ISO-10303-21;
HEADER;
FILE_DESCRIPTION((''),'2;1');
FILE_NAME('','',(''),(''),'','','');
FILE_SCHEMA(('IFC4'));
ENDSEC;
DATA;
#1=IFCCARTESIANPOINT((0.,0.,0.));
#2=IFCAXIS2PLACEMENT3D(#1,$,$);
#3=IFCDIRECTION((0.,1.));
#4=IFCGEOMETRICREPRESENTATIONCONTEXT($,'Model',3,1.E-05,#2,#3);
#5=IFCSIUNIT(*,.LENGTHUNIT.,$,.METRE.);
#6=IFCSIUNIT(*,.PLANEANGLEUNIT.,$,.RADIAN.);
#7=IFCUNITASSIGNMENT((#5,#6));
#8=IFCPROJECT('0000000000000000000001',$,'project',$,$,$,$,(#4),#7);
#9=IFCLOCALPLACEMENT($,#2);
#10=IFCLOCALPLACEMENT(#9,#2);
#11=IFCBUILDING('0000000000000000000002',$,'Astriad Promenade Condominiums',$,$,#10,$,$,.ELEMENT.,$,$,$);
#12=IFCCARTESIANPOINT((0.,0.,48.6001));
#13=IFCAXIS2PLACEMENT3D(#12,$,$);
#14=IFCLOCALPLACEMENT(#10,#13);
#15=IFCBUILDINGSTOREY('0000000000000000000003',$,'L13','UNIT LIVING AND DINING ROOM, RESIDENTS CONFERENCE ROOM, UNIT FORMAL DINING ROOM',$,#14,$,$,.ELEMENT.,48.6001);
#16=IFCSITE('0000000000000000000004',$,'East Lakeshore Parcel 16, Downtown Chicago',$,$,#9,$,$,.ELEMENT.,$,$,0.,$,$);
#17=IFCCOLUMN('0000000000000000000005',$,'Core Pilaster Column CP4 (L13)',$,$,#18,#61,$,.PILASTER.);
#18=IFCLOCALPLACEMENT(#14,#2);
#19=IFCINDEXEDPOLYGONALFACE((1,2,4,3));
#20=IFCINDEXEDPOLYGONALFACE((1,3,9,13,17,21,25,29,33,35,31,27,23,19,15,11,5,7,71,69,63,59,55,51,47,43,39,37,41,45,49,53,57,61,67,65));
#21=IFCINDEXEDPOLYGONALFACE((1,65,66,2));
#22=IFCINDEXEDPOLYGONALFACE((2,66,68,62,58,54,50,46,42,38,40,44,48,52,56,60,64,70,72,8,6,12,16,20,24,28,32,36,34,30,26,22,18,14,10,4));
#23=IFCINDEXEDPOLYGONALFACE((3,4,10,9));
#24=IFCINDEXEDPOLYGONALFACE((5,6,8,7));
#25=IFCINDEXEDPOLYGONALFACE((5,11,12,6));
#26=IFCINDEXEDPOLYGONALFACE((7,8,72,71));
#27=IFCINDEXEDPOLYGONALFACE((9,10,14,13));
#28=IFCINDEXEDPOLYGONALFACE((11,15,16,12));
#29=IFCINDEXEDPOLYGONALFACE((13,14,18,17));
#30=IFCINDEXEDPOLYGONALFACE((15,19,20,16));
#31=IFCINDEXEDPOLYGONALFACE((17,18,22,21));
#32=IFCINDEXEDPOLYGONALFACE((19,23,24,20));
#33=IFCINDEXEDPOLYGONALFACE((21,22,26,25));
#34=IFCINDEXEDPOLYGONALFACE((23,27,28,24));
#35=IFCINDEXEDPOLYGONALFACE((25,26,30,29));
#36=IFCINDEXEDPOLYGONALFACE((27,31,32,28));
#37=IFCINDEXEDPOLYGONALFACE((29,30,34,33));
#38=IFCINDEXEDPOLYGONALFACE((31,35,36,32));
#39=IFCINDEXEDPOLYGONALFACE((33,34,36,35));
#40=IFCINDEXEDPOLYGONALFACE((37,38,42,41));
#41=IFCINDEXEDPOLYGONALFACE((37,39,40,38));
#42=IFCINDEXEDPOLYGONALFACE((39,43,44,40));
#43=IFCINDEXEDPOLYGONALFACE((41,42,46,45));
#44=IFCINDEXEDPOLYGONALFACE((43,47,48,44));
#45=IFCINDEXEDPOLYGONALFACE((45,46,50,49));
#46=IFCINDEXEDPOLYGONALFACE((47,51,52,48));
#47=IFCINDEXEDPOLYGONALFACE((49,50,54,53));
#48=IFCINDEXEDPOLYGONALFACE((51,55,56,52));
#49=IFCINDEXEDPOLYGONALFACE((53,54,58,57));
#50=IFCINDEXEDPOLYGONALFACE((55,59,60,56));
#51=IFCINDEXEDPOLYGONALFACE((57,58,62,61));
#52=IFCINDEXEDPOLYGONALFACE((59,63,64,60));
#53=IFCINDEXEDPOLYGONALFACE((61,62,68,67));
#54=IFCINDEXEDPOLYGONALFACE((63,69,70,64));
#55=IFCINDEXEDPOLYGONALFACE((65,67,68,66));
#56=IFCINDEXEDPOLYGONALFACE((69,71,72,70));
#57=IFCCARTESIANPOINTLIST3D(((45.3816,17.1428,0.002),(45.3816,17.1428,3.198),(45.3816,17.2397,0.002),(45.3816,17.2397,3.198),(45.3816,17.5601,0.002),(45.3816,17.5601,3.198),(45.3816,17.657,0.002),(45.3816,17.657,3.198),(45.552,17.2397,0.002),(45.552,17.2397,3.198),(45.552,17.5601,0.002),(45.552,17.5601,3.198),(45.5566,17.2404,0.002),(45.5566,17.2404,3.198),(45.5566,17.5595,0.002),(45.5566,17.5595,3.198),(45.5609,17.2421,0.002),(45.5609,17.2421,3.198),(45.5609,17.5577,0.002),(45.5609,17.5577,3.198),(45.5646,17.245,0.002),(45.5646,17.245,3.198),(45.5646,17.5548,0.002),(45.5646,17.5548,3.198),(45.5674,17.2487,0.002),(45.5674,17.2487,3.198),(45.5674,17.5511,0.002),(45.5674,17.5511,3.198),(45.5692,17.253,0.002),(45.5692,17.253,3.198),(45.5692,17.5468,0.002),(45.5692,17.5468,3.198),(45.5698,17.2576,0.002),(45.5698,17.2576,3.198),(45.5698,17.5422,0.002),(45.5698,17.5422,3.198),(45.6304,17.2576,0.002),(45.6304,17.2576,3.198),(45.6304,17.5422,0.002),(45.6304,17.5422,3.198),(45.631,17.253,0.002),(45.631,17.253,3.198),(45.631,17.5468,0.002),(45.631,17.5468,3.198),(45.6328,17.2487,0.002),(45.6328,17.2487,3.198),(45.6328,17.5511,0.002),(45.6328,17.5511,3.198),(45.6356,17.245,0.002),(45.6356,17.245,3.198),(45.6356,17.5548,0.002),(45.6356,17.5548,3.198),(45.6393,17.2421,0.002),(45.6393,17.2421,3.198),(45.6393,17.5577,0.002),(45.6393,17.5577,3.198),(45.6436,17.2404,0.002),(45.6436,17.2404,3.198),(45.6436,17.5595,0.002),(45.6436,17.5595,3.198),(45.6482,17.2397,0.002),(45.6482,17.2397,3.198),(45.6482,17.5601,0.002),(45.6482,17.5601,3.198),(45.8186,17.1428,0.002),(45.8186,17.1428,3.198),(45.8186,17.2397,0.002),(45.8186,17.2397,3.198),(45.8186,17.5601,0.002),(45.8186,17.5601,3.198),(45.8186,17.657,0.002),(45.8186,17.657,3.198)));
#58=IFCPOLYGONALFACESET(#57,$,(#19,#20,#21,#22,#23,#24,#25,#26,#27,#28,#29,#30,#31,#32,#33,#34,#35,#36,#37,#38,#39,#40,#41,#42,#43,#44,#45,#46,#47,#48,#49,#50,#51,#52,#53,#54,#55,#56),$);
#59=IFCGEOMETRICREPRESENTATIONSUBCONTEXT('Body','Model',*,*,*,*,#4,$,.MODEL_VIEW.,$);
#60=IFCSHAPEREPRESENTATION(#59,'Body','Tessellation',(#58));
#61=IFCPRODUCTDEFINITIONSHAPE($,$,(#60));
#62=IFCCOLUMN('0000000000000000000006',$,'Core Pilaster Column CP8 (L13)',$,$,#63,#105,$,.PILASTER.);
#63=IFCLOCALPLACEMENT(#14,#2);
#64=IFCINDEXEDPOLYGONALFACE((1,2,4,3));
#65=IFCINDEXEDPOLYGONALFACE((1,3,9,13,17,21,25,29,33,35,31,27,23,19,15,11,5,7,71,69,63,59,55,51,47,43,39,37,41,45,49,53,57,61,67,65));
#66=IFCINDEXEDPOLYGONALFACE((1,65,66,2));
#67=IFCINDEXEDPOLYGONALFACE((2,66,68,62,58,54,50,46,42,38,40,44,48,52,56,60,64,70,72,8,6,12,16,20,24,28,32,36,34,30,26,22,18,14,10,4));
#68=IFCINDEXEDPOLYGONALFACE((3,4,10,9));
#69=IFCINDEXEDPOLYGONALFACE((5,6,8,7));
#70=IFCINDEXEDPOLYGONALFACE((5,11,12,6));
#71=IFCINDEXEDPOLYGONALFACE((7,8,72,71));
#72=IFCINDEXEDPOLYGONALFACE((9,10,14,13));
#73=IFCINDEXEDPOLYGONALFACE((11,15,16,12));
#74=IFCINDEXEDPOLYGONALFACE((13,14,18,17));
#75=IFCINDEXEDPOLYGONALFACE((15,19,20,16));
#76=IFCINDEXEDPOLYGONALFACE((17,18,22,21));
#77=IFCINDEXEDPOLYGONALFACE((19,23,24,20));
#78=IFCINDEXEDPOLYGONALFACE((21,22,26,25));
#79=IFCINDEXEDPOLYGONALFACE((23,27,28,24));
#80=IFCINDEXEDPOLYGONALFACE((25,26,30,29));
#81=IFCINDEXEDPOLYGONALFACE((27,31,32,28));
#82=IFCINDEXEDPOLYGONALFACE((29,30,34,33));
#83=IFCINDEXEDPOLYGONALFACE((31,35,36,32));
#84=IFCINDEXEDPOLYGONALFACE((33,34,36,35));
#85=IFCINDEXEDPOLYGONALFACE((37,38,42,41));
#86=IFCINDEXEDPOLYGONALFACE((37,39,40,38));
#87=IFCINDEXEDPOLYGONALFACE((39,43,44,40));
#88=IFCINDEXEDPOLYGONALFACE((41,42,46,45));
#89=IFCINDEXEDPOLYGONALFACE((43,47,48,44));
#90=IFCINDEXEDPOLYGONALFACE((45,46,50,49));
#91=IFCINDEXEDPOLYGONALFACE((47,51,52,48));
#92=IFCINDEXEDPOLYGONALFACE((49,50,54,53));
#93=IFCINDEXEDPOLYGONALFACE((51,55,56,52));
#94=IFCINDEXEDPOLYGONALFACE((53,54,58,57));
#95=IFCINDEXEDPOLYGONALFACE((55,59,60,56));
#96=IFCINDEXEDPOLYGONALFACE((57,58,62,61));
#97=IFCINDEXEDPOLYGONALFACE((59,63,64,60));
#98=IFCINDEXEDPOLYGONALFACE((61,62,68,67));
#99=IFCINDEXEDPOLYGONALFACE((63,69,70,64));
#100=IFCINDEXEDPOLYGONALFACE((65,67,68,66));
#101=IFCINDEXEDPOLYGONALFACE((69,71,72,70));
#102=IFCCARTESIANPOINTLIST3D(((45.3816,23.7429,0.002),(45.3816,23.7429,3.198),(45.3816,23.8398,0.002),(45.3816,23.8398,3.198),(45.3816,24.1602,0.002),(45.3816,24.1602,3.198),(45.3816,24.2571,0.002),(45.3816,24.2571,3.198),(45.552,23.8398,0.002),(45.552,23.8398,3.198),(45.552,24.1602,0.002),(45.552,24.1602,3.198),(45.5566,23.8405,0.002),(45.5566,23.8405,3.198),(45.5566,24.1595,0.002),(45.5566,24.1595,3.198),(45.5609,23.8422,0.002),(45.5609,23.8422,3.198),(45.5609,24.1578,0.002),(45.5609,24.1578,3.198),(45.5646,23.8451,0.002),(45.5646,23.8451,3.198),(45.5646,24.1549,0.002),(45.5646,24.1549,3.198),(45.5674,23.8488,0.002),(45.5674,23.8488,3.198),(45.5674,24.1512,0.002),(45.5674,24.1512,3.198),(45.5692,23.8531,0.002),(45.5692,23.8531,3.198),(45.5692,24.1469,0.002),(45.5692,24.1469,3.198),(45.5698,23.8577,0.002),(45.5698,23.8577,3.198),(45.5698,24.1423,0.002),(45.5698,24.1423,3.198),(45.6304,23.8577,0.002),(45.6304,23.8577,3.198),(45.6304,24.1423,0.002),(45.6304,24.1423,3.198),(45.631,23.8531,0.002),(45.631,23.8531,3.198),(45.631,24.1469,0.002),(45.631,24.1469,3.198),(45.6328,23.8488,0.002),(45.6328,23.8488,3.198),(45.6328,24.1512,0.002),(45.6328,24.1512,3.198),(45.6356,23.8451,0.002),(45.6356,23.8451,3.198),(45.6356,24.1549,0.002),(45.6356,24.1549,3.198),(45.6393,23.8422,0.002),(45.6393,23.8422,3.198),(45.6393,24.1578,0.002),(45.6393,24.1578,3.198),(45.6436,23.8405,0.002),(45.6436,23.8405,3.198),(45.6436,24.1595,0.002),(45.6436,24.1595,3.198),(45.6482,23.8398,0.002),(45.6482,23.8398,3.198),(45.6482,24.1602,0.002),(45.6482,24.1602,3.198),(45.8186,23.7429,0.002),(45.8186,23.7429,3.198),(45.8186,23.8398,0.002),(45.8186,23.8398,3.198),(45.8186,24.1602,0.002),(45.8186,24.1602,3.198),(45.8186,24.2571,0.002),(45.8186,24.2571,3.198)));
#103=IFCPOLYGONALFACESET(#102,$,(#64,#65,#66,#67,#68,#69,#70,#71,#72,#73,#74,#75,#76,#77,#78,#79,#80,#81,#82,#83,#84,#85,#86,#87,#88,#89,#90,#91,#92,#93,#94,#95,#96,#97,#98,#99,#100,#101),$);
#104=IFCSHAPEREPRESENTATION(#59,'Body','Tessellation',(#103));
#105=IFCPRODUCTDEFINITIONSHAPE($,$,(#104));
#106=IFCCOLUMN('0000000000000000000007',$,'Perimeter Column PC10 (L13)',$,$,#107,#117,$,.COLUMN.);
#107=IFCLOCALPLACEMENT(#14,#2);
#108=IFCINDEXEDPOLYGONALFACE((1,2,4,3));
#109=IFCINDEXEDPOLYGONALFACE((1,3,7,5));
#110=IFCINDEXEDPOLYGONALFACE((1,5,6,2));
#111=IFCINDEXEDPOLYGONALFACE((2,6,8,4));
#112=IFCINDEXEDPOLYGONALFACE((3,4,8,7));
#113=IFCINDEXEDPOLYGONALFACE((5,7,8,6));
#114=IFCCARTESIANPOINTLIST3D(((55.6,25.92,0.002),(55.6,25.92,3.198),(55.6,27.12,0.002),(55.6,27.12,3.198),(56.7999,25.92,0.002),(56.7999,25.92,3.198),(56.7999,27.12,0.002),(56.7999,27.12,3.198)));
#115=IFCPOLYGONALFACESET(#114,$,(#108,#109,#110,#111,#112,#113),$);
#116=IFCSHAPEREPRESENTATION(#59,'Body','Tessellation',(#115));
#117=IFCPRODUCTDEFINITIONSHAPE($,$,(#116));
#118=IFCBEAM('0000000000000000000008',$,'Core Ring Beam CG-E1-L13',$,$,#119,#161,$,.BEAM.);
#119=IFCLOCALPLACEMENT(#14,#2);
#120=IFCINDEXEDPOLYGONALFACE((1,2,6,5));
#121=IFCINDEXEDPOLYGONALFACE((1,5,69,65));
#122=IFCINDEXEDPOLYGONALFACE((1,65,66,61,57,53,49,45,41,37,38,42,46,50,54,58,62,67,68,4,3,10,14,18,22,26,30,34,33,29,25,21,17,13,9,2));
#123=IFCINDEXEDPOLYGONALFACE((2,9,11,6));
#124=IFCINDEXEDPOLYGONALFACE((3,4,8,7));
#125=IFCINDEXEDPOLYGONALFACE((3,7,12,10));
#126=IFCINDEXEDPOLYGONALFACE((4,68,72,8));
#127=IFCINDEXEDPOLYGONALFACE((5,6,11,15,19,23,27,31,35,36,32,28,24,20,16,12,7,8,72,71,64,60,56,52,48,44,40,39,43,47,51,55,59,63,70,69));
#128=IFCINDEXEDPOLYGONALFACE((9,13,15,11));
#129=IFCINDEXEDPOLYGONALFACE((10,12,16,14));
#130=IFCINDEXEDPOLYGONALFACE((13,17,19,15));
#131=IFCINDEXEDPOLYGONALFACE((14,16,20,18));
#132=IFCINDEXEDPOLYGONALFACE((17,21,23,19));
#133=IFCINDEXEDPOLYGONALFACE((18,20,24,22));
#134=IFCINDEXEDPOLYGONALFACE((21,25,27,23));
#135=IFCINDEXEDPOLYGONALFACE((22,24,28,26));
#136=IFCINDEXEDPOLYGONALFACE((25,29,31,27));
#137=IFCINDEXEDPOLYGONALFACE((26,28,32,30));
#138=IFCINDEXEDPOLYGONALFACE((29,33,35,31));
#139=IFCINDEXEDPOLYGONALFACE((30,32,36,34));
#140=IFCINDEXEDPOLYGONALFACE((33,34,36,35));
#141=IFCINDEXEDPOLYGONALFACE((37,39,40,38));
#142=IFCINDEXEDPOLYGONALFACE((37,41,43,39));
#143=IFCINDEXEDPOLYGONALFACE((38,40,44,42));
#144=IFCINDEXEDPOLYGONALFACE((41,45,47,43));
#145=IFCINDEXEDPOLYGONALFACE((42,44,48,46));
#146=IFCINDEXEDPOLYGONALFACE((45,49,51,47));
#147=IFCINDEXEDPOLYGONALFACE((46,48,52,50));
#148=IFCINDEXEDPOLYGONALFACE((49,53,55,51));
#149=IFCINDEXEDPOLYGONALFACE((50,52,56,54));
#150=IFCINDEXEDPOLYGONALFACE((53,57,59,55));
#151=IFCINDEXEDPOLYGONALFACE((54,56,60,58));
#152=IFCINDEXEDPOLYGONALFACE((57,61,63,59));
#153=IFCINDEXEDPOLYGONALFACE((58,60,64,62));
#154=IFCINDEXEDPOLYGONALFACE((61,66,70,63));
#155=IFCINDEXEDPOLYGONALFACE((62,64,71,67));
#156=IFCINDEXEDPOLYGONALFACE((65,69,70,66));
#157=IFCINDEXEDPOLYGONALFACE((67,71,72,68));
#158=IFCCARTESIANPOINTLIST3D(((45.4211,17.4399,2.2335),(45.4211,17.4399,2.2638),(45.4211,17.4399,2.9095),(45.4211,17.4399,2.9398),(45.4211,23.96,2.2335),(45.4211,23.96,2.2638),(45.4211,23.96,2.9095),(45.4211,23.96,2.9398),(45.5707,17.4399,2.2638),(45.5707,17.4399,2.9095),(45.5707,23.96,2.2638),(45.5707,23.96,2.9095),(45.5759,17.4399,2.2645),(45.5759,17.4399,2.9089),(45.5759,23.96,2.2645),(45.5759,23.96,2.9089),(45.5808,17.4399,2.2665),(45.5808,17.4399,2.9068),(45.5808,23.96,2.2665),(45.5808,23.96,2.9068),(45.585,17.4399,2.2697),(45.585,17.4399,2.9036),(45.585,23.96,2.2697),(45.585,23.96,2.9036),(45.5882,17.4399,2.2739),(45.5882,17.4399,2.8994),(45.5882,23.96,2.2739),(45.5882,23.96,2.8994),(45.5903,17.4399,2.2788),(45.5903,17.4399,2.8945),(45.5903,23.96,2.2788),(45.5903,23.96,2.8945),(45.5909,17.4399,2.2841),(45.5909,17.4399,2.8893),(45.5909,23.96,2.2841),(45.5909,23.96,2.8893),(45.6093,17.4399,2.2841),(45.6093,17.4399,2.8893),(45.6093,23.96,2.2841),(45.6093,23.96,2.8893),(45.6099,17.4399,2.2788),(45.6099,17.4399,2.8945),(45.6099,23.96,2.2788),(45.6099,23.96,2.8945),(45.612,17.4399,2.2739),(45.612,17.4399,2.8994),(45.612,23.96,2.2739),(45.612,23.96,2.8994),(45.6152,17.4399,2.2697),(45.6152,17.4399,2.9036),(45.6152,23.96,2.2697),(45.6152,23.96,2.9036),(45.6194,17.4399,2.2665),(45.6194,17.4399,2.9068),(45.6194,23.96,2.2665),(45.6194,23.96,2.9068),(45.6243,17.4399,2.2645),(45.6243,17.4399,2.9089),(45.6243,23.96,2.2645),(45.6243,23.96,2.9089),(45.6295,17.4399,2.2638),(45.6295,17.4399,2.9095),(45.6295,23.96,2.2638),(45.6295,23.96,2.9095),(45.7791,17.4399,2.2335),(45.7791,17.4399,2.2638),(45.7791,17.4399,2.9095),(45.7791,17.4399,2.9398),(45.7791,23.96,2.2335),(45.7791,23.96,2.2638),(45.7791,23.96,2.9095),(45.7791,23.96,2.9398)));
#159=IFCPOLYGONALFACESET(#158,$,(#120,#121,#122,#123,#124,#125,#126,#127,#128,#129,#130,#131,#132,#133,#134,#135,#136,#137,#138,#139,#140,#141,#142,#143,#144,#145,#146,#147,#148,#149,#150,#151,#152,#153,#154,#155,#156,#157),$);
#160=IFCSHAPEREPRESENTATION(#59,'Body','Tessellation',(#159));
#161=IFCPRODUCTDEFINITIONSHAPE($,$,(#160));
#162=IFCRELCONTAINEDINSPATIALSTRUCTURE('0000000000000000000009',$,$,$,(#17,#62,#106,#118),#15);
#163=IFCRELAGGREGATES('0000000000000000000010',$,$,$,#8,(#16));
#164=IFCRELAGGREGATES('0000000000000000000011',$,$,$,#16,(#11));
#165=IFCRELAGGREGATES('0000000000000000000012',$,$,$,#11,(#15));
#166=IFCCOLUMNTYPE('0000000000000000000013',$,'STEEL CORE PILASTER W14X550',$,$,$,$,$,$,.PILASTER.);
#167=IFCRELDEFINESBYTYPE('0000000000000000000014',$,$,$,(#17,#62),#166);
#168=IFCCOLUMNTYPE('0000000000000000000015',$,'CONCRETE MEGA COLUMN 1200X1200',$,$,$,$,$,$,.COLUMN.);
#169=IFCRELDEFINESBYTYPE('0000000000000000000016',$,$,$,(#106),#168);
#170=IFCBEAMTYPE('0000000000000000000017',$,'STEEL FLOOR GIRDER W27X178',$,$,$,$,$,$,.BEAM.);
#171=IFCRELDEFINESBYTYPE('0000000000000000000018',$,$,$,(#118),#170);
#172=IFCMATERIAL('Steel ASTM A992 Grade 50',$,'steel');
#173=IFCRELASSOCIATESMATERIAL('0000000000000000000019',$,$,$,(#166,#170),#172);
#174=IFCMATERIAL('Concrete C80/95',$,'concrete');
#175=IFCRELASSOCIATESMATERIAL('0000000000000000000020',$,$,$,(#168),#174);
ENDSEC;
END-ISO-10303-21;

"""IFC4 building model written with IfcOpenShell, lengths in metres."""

from ifc_helpers import new_model, si_unit, direction, frame, origin, origin_2d, place, context, subcontext, project, spatial, rectangle, i_section, extrude, source, transform, mapped, material, material_profile, profile_set, type_object, type_shapes, element, save


model = new_model("IFC4")

# Units and contexts
model_context = context("Model", 3, precision=1e-05, world=origin(), true_north=direction((0.0, 1.0)))
body_context = subcontext(model_context, "Body", "Model", "MODEL_VIEW")
ifc_project = project(units=[si_unit("LENGTHUNIT", "METRE"), si_unit("PLANEANGLEUNIT", "RADIAN")], contexts=[model_context])

# Site, building, storey
site_placement = place(None, origin())
site = spatial("IfcSite", under=ifc_project, at=site_placement, Name="East Lakeshore Parcel 16, Downtown Chicago", CompositionType="ELEMENT", RefElevation=0.0)
building_placement = place(site_placement, origin())
building = spatial("IfcBuilding", under=site, at=building_placement, Name="Astriad Promenade Condominiums", CompositionType="ELEMENT")
storey_placement = place(building_placement, frame((0.0, 0.0, 48.6001)))
storey = spatial("IfcBuildingStorey", under=building, at=storey_placement, Name="L13", Description="UNIT LIVING AND DINING ROOM, RESIDENTS CONFERENCE ROOM, UNIT FORMAL DINING ROOM", CompositionType="ELEMENT", Elevation=48.6001)

# Columns
ifc_material_1 = material(Name="Steel ASTM A992 Grade 50", Category="steel")
ifc_material_profile_1 = material_profile(ifc_material_1, i_section(OverallWidth=0.437, OverallDepth=0.5142, WebThickness=0.0605, FlangeThickness=0.0969, FilletRadius=0.0178, at=origin_2d()), Name="W14X550")
ifc_profile_set_1 = profile_set([ifc_material_profile_1], Name="Steel ASTM A992 Grade 50")
column_type_1 = type_object("IfcColumnType", Name="STEEL CORE PILASTER W14X550", PredefinedType="PILASTER", material=ifc_profile_set_1)
shared_shape_1 = source(origin(), body_context, "Body", "SweptSolid", [
    extrude(i_section(OverallWidth=0.437, OverallDepth=0.5142, WebThickness=0.0605, FlangeThickness=0.0969, FilletRadius=0.0178, at=origin_2d()), origin(), (0.0, 0.0, 1.0), 3.196),
])
type_shapes(column_type_1, [shared_shape_1])
for number, where, z_axis, x_axis, name in (
    (1, (45.6001, 17.3999, 0.002), (0.0, 0.0, 1.0), (1.0, 0.0, 0.0), "Core Pilaster Column CP4 (L13)"),
    (2, (45.6001, 24.0, 0.002), (0.0, 0.0, 1.0), (1.0, 0.0, 0.0), "Core Pilaster Column CP8 (L13)"),
):
    element("IfcColumn", number, at=place(storey_placement, frame(where, z_axis=z_axis, x_axis=x_axis)), inside=storey, type_object=column_type_1, Name=name, PredefinedType="PILASTER", context=body_context, shape_type="MappedRepresentation", body=[
        mapped(shared_shape_1, transform((0.0, 0.0, 0.0), scale=1.0)),
    ])
ifc_material_2 = material(Name="Concrete C80/95", Category="concrete")
ifc_material_profile_2 = material_profile(ifc_material_2, rectangle(XDim=1.2, YDim=1.2, at=origin_2d()), Name="RC-COL-1200X1200")
ifc_profile_set_2 = profile_set([ifc_material_profile_2], Name="Concrete C80/95")
column_type_2 = type_object("IfcColumnType", Name="CONCRETE MEGA COLUMN 1200X1200", PredefinedType="COLUMN", material=ifc_profile_set_2)
shared_shape_2 = source(origin(), body_context, "Body", "SweptSolid", [
    extrude(rectangle(XDim=1.2, YDim=1.2, at=origin_2d()), origin(), (0.0, 0.0, 1.0), 3.196),
])
type_shapes(column_type_2, [shared_shape_2])
column_placement = place(storey_placement, frame((56.2, 26.52, 0.002), z_axis=(0.0, 0.0, 1.0), x_axis=(1.0, 0.0, 0.0)))
element("IfcColumn", 3, at=column_placement, inside=storey, type_object=column_type_2, Name="Perimeter Column PC10 (L13)", PredefinedType="COLUMN", context=body_context, shape_type="MappedRepresentation", body=[
    mapped(shared_shape_2, transform((0.0, 0.0, 0.0), scale=1.0)),
])

# Beam
ifc_material_profile_3 = material_profile(ifc_material_1, i_section(OverallWidth=0.3579, OverallDepth=0.7063, WebThickness=0.0183, FlangeThickness=0.0303, FilletRadius=0.0203, at=origin_2d()), Name="W27X178")
ifc_profile_set_3 = profile_set([ifc_material_profile_3], Name="Steel ASTM A992 Grade 50")
beam_type_1 = type_object("IfcBeamType", Name="STEEL FLOOR GIRDER W27X178", PredefinedType="BEAM", material=ifc_profile_set_3)
shared_shape_3 = source(origin(), body_context, "Body", "SweptSolid", [
    extrude(i_section(OverallWidth=0.3579, OverallDepth=0.7063, WebThickness=0.0183, FlangeThickness=0.0303, FilletRadius=0.0203, at=origin_2d()), origin(), (0.0, 0.0, 1.0), 6.52),
])
type_shapes(beam_type_1, [shared_shape_3])
beam_1_placement = place(storey_placement, frame((45.6001, 17.4399, 2.5867), z_axis=(0.0, 1.0, 0.0), x_axis=(-1.0, 0.0, 0.0)))
element("IfcBeam", 4, at=beam_1_placement, inside=storey, type_object=beam_type_1, Name="Core Ring Beam CG-E1-L13", PredefinedType="BEAM", context=body_context, shape_type="MappedRepresentation", body=[
    mapped(shared_shape_3, transform((0.0, 0.0, 0.0), scale=1.0)),
])

save(model, "model.ifc")
